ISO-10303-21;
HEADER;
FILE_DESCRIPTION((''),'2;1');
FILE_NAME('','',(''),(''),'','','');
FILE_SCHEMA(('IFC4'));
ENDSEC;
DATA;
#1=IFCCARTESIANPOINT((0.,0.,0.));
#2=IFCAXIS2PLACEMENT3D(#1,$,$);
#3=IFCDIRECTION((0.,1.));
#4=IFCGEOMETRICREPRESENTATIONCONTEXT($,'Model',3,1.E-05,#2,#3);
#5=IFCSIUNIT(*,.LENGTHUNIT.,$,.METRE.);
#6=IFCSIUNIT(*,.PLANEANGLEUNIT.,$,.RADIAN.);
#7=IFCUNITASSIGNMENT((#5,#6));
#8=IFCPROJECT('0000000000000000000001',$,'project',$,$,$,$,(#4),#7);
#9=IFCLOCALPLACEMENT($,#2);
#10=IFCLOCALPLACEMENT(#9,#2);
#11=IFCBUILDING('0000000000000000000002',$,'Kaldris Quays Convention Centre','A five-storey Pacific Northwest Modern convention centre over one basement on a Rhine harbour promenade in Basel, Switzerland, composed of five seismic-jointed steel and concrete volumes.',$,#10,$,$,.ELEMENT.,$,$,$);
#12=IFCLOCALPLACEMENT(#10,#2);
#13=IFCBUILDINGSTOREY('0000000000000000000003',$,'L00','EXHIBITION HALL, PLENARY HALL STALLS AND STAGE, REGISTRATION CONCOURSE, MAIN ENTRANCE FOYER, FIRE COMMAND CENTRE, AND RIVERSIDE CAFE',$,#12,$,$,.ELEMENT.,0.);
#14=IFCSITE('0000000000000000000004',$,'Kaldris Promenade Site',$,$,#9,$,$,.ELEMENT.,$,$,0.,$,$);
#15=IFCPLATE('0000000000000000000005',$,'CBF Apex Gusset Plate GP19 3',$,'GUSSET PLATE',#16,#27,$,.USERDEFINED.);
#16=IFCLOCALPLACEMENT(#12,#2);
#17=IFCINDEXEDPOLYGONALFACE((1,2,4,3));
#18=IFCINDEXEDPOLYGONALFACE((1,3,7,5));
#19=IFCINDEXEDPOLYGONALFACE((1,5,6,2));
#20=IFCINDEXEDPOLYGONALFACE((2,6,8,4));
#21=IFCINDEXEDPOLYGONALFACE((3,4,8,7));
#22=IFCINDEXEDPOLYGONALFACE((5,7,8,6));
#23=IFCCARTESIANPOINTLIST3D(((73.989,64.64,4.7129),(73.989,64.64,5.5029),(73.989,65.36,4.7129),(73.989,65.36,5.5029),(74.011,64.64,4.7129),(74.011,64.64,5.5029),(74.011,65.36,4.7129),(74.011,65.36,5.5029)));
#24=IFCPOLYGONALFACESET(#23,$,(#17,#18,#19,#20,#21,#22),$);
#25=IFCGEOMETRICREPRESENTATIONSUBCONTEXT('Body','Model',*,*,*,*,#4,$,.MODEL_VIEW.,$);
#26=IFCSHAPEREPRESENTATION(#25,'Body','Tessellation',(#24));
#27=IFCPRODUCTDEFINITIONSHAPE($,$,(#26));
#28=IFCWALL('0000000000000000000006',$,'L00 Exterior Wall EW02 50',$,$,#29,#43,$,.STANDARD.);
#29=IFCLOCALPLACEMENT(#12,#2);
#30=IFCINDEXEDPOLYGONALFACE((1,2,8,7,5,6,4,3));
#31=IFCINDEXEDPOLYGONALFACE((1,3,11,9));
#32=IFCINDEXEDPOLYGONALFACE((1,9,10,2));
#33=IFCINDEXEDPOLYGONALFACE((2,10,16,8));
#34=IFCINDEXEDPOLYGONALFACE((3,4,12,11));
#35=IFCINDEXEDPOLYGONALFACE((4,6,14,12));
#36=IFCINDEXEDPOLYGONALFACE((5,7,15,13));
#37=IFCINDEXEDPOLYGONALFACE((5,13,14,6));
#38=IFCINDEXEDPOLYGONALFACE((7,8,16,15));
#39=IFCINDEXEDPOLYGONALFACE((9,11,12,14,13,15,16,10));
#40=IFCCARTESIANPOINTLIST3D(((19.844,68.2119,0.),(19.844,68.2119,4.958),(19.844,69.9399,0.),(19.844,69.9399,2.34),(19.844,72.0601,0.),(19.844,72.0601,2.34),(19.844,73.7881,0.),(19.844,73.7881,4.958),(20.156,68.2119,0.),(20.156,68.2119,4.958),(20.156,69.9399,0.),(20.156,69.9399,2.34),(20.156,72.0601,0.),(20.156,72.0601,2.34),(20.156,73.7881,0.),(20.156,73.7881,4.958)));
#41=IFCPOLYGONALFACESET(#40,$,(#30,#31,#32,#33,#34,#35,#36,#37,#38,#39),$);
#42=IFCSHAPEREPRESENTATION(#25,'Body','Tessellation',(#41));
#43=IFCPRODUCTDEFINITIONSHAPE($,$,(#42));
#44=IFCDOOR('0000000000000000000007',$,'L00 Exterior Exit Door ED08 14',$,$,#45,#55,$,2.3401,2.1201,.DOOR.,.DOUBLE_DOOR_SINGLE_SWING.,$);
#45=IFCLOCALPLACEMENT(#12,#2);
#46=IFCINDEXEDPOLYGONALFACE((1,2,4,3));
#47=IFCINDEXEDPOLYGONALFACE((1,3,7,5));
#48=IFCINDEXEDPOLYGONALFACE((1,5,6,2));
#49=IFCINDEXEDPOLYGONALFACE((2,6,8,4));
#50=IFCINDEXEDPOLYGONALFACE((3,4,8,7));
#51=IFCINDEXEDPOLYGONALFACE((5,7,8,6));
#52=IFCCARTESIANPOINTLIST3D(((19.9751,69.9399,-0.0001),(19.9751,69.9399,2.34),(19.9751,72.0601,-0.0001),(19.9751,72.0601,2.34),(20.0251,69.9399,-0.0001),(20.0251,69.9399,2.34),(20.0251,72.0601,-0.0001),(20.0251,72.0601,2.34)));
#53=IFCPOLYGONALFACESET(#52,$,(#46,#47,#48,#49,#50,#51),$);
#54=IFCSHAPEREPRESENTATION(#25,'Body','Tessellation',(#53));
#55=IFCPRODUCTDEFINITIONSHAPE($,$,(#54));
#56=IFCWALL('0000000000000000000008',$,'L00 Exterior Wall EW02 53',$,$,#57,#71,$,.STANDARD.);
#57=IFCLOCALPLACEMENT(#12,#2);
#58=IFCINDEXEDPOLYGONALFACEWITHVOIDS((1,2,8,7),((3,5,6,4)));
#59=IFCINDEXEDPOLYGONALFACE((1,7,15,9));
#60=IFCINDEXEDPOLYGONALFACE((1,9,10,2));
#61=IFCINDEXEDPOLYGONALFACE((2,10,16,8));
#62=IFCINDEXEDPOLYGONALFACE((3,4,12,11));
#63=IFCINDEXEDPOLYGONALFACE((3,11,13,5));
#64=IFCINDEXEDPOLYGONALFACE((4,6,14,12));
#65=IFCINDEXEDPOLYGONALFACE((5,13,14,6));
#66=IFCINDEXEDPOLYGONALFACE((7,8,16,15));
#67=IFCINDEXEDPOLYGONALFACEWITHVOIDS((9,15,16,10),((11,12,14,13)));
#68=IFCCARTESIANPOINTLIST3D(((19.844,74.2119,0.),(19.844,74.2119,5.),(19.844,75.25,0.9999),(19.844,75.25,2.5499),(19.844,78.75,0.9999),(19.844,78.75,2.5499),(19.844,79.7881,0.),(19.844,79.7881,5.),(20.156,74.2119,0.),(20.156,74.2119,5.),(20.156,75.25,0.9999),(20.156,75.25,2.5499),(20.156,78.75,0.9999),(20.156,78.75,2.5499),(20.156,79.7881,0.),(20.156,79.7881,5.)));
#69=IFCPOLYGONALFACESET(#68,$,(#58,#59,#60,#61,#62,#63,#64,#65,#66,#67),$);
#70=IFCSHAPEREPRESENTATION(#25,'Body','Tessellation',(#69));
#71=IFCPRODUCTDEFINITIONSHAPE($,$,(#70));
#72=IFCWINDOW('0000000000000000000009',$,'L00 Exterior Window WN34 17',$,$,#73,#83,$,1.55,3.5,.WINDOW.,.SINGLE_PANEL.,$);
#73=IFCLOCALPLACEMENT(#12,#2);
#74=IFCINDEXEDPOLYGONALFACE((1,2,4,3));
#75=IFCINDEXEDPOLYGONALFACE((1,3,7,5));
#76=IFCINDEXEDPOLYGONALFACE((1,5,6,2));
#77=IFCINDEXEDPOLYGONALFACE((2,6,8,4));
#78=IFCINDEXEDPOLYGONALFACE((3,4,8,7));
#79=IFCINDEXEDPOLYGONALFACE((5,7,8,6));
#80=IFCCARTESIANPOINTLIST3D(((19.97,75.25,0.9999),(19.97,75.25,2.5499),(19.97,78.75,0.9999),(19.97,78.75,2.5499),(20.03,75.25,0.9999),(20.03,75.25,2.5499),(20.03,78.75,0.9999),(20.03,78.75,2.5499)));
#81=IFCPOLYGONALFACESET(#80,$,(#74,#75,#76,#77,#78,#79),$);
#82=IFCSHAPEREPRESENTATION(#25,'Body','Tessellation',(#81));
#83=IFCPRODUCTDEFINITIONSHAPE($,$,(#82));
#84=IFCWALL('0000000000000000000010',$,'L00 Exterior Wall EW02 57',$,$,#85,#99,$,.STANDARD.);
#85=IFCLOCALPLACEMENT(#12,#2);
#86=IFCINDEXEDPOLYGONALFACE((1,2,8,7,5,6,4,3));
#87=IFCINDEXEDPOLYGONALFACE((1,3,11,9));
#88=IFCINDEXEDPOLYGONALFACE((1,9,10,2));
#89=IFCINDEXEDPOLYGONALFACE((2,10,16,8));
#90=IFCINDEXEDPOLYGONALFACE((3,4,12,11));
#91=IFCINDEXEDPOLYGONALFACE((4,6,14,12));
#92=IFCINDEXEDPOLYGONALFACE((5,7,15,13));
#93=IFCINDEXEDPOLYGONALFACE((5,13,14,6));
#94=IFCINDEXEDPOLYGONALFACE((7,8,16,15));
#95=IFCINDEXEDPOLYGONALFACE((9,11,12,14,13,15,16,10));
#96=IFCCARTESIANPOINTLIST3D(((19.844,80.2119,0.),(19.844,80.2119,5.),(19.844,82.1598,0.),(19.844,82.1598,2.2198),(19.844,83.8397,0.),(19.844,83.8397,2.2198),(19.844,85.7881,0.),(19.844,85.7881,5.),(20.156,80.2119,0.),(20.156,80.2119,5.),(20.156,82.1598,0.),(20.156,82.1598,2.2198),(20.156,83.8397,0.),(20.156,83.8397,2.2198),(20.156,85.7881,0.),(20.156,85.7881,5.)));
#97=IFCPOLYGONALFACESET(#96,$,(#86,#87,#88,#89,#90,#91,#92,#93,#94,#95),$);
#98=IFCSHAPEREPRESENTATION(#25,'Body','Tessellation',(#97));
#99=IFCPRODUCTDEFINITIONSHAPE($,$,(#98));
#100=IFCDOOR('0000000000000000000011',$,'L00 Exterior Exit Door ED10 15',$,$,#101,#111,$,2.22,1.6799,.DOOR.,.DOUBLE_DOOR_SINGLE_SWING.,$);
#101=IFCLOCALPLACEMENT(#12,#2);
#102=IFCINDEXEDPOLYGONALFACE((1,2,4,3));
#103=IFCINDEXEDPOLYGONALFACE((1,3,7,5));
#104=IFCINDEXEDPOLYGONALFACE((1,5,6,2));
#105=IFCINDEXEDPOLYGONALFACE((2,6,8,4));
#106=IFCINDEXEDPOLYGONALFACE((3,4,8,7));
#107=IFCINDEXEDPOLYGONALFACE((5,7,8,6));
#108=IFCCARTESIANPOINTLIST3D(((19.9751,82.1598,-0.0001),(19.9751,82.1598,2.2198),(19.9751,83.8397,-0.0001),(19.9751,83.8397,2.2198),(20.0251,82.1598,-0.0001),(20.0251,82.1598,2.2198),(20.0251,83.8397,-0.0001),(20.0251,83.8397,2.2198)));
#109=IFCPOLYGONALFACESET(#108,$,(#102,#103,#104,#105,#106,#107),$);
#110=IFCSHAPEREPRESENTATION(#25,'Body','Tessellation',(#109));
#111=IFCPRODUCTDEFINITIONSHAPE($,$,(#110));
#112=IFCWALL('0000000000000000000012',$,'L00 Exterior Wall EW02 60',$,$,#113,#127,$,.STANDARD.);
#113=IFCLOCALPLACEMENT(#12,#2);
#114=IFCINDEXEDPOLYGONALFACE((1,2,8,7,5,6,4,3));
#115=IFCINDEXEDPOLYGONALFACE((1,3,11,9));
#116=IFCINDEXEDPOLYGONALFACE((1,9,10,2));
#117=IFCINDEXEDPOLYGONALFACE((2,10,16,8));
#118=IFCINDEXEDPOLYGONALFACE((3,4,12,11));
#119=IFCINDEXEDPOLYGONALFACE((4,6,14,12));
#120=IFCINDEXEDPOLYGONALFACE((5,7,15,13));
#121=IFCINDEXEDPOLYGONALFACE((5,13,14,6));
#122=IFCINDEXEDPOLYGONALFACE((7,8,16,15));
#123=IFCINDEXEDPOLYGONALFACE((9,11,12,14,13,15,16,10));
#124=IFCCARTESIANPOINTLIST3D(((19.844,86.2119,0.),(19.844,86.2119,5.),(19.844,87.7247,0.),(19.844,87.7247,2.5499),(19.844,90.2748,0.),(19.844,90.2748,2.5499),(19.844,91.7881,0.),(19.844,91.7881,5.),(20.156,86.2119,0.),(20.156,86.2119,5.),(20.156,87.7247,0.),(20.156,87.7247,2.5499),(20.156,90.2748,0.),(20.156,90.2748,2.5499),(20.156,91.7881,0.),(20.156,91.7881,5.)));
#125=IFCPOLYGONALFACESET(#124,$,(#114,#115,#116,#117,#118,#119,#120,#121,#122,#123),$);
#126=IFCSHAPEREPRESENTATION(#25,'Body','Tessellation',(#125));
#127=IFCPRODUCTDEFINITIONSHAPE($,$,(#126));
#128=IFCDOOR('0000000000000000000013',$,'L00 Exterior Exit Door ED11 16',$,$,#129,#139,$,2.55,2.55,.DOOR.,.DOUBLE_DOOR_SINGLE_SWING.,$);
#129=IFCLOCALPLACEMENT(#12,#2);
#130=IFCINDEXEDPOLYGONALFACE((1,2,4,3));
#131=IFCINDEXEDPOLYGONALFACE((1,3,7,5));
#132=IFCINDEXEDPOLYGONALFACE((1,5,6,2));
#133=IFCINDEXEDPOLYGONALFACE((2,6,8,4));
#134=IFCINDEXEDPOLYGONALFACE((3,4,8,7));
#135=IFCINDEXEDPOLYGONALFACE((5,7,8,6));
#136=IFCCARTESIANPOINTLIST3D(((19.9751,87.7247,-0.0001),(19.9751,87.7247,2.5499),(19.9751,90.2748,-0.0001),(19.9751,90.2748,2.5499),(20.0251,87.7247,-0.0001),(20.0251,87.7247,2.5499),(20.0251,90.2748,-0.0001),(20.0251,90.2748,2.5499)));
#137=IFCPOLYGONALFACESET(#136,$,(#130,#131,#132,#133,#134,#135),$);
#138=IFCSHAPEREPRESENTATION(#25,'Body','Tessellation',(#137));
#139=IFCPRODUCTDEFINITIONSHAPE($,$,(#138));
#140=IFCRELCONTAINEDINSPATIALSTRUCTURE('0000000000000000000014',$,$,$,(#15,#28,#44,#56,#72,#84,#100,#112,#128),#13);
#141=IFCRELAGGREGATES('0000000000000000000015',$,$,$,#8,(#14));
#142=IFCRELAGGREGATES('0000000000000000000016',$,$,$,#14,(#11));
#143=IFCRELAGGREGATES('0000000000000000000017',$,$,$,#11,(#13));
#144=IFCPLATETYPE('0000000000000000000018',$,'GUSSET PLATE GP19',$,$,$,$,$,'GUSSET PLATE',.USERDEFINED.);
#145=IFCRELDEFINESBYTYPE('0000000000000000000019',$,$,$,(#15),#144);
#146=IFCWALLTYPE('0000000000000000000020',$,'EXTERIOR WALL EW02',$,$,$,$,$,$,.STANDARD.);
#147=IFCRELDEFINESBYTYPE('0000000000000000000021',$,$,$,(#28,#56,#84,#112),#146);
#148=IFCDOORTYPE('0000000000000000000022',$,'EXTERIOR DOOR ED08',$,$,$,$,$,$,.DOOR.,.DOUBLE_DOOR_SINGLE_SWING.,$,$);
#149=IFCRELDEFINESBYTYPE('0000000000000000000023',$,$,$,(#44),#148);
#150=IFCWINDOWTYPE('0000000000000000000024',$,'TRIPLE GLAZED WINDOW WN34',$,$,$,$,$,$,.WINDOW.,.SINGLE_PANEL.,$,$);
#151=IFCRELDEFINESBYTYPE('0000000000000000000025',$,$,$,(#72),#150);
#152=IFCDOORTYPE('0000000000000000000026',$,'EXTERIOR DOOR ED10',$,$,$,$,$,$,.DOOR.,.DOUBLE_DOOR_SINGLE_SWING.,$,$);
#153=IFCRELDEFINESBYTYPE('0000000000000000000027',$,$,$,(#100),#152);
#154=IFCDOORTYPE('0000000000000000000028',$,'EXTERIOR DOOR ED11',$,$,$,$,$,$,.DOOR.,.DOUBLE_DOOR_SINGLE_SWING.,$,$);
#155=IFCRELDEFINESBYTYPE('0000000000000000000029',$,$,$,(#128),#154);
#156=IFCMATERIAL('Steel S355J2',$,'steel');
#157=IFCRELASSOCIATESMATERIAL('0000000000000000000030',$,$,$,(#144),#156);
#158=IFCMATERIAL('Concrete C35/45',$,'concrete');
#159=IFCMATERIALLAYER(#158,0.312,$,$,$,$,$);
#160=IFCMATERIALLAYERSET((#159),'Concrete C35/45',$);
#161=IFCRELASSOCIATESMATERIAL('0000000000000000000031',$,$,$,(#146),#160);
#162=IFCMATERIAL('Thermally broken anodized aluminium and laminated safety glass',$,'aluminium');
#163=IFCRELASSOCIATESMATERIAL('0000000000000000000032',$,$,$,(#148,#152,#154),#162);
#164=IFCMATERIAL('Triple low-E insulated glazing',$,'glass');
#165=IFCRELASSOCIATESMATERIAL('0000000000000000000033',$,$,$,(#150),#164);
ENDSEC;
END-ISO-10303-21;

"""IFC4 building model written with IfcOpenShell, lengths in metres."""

from ifc_helpers import new_model, si_unit, direction, frame, frame_2d, origin, origin_2d, place, context, subcontext, project, spatial, rectangle, extrude, material, layer, layer_set, type_object, element, fill, save


model = new_model("IFC4")

# Units and contexts
model_context = context("Model", 3, precision=1e-05, world=origin(), true_north=direction((0.0, 1.0)))
body_context = subcontext(model_context, "Body", "Model", "MODEL_VIEW")
ifc_project = project(units=[si_unit("LENGTHUNIT", "METRE"), si_unit("PLANEANGLEUNIT", "RADIAN")], contexts=[model_context])

# Site, building, storey
site_placement = place(None, origin())
site = spatial("IfcSite", under=ifc_project, at=site_placement, Name="Kaldris Promenade Site", CompositionType="ELEMENT", RefElevation=0.0)
building_placement = place(site_placement, origin())
building = spatial("IfcBuilding", under=site, at=building_placement, Name="Kaldris Quays Convention Centre", Description="A five-storey Pacific Northwest Modern convention centre over one basement on a Rhine harbour promenade in Basel, Switzerland, composed of five seismic-jointed steel and concrete volumes.", CompositionType="ELEMENT")
storey_placement = place(building_placement, origin())
storey = spatial("IfcBuildingStorey", under=building, at=storey_placement, Name="L00", Description="EXHIBITION HALL, PLENARY HALL STALLS AND STAGE, REGISTRATION CONCOURSE, MAIN ENTRANCE FOYER, FIRE COMMAND CENTRE, AND RIVERSIDE CAFE", CompositionType="ELEMENT", Elevation=0.0)

# Shared definitions
ifc_material_1 = material(Name="Steel S355J2", Category="steel")

# Plate
plate_type = type_object("IfcPlateType", Name="GUSSET PLATE GP19", ElementType="GUSSET PLATE", PredefinedType="USERDEFINED", material=ifc_material_1)
plate_placement = place(storey_placement, frame((74.0, 65.0, 4.7129), z_axis=(0.0, 0.0, 1.0), x_axis=(1.0, 0.0, 0.0)))
element("IfcPlate", 1, at=plate_placement, inside=storey, type_object=plate_type, Name="CBF Apex Gusset Plate GP19 3", ObjectType="GUSSET PLATE", PredefinedType="USERDEFINED", context=body_context, shape_type="SweptSolid", body=[
    extrude(rectangle(XDim=0.022, YDim=0.72, at=origin_2d()), origin(), (0.0, 0.0, 1.0), 0.79),
])

# Wall, opening, door
ifc_material_2 = material(Name="Concrete C35/45", Category="concrete")
ifc_layer = layer(ifc_material_2, 0.312)
ifc_layer_set = layer_set([ifc_layer], Name="Concrete C35/45")
wall_type = type_object("IfcWallType", Name="EXTERIOR WALL EW02", PredefinedType="STANDARD", material=ifc_layer_set)
wall_1_placement = place(storey_placement, frame((20.0, 68.2119, 0.0), z_axis=(0.0, 0.0, 1.0), x_axis=(0.0, 1.0, 0.0)))
wall_1 = element("IfcWall", 2, at=wall_1_placement, inside=storey, type_object=wall_type, Name="L00 Exterior Wall EW02 50", PredefinedType="STANDARD", context=body_context, shape_type="SweptSolid", body=[
    extrude(rectangle(XDim=5.5762, YDim=0.312, at=frame_2d((2.7881, 0.0))), origin(), (0.0, 0.0, 1.0), 4.958),
])
opening_1_placement = place(wall_1_placement, frame((1.728, 0.0, 0.0)))
opening_1 = element("IfcOpeningElement", 3, at=opening_1_placement, cuts=wall_1, PredefinedType="OPENING", context=body_context, shape_type="SweptSolid", body=[
    extrude(rectangle(XDim=2.1201, YDim=2.3401, at=frame_2d((1.0601, 1.1699))), frame((0.0, 0.166, 0.0), z_axis=(0.0, -1.0, 0.0), x_axis=(1.0, 0.0, 0.0)), (0.0, 0.0, 1.0), 0.332),
])
ifc_material_3 = material(Name="Thermally broken anodized aluminium and laminated safety glass", Category="aluminium")
door_type_1 = type_object("IfcDoorType", Name="EXTERIOR DOOR ED08", OperationType="DOUBLE_DOOR_SINGLE_SWING", PredefinedType="DOOR", material=ifc_material_3)
door_1_placement = place(opening_1_placement, origin())
door_1 = element("IfcDoor", 4, at=door_1_placement, inside=storey, type_object=door_type_1, Name="L00 Exterior Exit Door ED08 14", OperationType="DOUBLE_DOOR_SINGLE_SWING", OverallHeight=2.3401, OverallWidth=2.1201, PredefinedType="DOOR", context=body_context, shape_type="SweptSolid", body=[
    extrude(rectangle(XDim=2.1201, YDim=2.3401, at=frame_2d((1.0601, 1.1699))), frame((0.0, 0.0249, 0.0), z_axis=(0.0, -1.0, 0.0), x_axis=(1.0, 0.0, 0.0)), (0.0, 0.0, 1.0), 0.05),
])
fill(opening_1, door_1)

# Wall, opening, window
wall_2_placement = place(storey_placement, frame((20.0, 74.2119, 0.0), z_axis=(0.0, 0.0, 1.0), x_axis=(0.0, 1.0, 0.0)))
wall_2 = element("IfcWall", 5, at=wall_2_placement, inside=storey, type_object=wall_type, Name="L00 Exterior Wall EW02 53", PredefinedType="STANDARD", context=body_context, shape_type="SweptSolid", body=[
    extrude(rectangle(XDim=5.5762, YDim=0.312, at=frame_2d((2.7881, 0.0))), origin(), (0.0, 0.0, 1.0), 5.0),
])
opening_2_placement = place(wall_2_placement, frame((1.0381, 0.0, 1.0)))
opening_2 = element("IfcOpeningElement", 6, at=opening_2_placement, cuts=wall_2, PredefinedType="OPENING", context=body_context, shape_type="SweptSolid", body=[
    extrude(rectangle(XDim=3.5, YDim=1.55, at=frame_2d((1.75, 0.7749))), frame((0.0, 0.166, 0.0), z_axis=(0.0, -1.0, 0.0), x_axis=(1.0, 0.0, 0.0)), (0.0, 0.0, 1.0), 0.332),
])
ifc_material_4 = material(Name="Triple low-E insulated glazing", Category="glass")
window_type = type_object("IfcWindowType", Name="TRIPLE GLAZED WINDOW WN34", PartitioningType="SINGLE_PANEL", PredefinedType="WINDOW", material=ifc_material_4)
window_placement = place(opening_2_placement, origin())
window = element("IfcWindow", 7, at=window_placement, inside=storey, type_object=window_type, Name="L00 Exterior Window WN34 17", OverallHeight=1.55, OverallWidth=3.5, PartitioningType="SINGLE_PANEL", PredefinedType="WINDOW", context=body_context, shape_type="SweptSolid", body=[
    extrude(rectangle(XDim=3.5, YDim=1.55, at=frame_2d((1.75, 0.7749))), frame((0.0, 0.03, 0.0), z_axis=(0.0, -1.0, 0.0), x_axis=(1.0, 0.0, 0.0)), (0.0, 0.0, 1.0), 0.0601),
])
fill(opening_2, window)

# Walls, openings, doors
wall_3_placement = place(storey_placement, frame((20.0, 80.2119, 0.0), z_axis=(0.0, 0.0, 1.0), x_axis=(0.0, 1.0, 0.0)))
wall_3 = element("IfcWall", 8, at=wall_3_placement, inside=storey, type_object=wall_type, Name="L00 Exterior Wall EW02 57", PredefinedType="STANDARD", context=body_context, shape_type="SweptSolid", body=[
    extrude(rectangle(XDim=5.5762, YDim=0.312, at=frame_2d((2.7881, 0.0))), origin(), (0.0, 0.0, 1.0), 5.0),
])
opening_3_placement = place(wall_3_placement, frame((1.948, 0.0, 0.0)))
opening_3 = element("IfcOpeningElement", 9, at=opening_3_placement, cuts=wall_3, PredefinedType="OPENING", context=body_context, shape_type="SweptSolid", body=[
    extrude(rectangle(XDim=1.6799, YDim=2.22, at=frame_2d((0.8398, 1.1099))), frame((0.0, 0.166, 0.0), z_axis=(0.0, -1.0, 0.0), x_axis=(1.0, 0.0, 0.0)), (0.0, 0.0, 1.0), 0.332),
])
door_type_2 = type_object("IfcDoorType", Name="EXTERIOR DOOR ED10", OperationType="DOUBLE_DOOR_SINGLE_SWING", PredefinedType="DOOR", material=ifc_material_3)
door_2_placement = place(opening_3_placement, origin())
door_2 = element("IfcDoor", 10, at=door_2_placement, inside=storey, type_object=door_type_2, Name="L00 Exterior Exit Door ED10 15", OperationType="DOUBLE_DOOR_SINGLE_SWING", OverallHeight=2.22, OverallWidth=1.6799, PredefinedType="DOOR", context=body_context, shape_type="SweptSolid", body=[
    extrude(rectangle(XDim=1.6799, YDim=2.22, at=frame_2d((0.8398, 1.1099))), frame((0.0, 0.0249, 0.0), z_axis=(0.0, -1.0, 0.0), x_axis=(1.0, 0.0, 0.0)), (0.0, 0.0, 1.0), 0.05),
])
fill(opening_3, door_2)
wall_4_placement = place(storey_placement, frame((20.0, 86.2119, 0.0), z_axis=(0.0, 0.0, 1.0), x_axis=(0.0, 1.0, 0.0)))
wall_4 = element("IfcWall", 11, at=wall_4_placement, inside=storey, type_object=wall_type, Name="L00 Exterior Wall EW02 60", PredefinedType="STANDARD", context=body_context, shape_type="SweptSolid", body=[
    extrude(rectangle(XDim=5.5762, YDim=0.312, at=frame_2d((2.7881, 0.0))), origin(), (0.0, 0.0, 1.0), 5.0),
])
opening_4_placement = place(wall_4_placement, frame((1.5129, 0.0, 0.0)))
opening_4 = element("IfcOpeningElement", 12, at=opening_4_placement, cuts=wall_4, PredefinedType="OPENING", context=body_context, shape_type="SweptSolid", body=[
    extrude(rectangle(XDim=2.55, YDim=2.55, at=frame_2d((1.2749, 1.2749))), frame((0.0, 0.166, 0.0), z_axis=(0.0, -1.0, 0.0), x_axis=(1.0, 0.0, 0.0)), (0.0, 0.0, 1.0), 0.332),
])
door_type_3 = type_object("IfcDoorType", Name="EXTERIOR DOOR ED11", OperationType="DOUBLE_DOOR_SINGLE_SWING", PredefinedType="DOOR", material=ifc_material_3)
door_3_placement = place(opening_4_placement, origin())
door_3 = element("IfcDoor", 13, at=door_3_placement, inside=storey, type_object=door_type_3, Name="L00 Exterior Exit Door ED11 16", OperationType="DOUBLE_DOOR_SINGLE_SWING", OverallHeight=2.55, OverallWidth=2.55, PredefinedType="DOOR", context=body_context, shape_type="SweptSolid", body=[
    extrude(rectangle(XDim=2.55, YDim=2.55, at=frame_2d((1.2749, 1.2749))), frame((0.0, 0.0249, 0.0), z_axis=(0.0, -1.0, 0.0), x_axis=(1.0, 0.0, 0.0)), (0.0, 0.0, 1.0), 0.05),
])
fill(opening_4, door_3)

save(model, "model.ifc")
